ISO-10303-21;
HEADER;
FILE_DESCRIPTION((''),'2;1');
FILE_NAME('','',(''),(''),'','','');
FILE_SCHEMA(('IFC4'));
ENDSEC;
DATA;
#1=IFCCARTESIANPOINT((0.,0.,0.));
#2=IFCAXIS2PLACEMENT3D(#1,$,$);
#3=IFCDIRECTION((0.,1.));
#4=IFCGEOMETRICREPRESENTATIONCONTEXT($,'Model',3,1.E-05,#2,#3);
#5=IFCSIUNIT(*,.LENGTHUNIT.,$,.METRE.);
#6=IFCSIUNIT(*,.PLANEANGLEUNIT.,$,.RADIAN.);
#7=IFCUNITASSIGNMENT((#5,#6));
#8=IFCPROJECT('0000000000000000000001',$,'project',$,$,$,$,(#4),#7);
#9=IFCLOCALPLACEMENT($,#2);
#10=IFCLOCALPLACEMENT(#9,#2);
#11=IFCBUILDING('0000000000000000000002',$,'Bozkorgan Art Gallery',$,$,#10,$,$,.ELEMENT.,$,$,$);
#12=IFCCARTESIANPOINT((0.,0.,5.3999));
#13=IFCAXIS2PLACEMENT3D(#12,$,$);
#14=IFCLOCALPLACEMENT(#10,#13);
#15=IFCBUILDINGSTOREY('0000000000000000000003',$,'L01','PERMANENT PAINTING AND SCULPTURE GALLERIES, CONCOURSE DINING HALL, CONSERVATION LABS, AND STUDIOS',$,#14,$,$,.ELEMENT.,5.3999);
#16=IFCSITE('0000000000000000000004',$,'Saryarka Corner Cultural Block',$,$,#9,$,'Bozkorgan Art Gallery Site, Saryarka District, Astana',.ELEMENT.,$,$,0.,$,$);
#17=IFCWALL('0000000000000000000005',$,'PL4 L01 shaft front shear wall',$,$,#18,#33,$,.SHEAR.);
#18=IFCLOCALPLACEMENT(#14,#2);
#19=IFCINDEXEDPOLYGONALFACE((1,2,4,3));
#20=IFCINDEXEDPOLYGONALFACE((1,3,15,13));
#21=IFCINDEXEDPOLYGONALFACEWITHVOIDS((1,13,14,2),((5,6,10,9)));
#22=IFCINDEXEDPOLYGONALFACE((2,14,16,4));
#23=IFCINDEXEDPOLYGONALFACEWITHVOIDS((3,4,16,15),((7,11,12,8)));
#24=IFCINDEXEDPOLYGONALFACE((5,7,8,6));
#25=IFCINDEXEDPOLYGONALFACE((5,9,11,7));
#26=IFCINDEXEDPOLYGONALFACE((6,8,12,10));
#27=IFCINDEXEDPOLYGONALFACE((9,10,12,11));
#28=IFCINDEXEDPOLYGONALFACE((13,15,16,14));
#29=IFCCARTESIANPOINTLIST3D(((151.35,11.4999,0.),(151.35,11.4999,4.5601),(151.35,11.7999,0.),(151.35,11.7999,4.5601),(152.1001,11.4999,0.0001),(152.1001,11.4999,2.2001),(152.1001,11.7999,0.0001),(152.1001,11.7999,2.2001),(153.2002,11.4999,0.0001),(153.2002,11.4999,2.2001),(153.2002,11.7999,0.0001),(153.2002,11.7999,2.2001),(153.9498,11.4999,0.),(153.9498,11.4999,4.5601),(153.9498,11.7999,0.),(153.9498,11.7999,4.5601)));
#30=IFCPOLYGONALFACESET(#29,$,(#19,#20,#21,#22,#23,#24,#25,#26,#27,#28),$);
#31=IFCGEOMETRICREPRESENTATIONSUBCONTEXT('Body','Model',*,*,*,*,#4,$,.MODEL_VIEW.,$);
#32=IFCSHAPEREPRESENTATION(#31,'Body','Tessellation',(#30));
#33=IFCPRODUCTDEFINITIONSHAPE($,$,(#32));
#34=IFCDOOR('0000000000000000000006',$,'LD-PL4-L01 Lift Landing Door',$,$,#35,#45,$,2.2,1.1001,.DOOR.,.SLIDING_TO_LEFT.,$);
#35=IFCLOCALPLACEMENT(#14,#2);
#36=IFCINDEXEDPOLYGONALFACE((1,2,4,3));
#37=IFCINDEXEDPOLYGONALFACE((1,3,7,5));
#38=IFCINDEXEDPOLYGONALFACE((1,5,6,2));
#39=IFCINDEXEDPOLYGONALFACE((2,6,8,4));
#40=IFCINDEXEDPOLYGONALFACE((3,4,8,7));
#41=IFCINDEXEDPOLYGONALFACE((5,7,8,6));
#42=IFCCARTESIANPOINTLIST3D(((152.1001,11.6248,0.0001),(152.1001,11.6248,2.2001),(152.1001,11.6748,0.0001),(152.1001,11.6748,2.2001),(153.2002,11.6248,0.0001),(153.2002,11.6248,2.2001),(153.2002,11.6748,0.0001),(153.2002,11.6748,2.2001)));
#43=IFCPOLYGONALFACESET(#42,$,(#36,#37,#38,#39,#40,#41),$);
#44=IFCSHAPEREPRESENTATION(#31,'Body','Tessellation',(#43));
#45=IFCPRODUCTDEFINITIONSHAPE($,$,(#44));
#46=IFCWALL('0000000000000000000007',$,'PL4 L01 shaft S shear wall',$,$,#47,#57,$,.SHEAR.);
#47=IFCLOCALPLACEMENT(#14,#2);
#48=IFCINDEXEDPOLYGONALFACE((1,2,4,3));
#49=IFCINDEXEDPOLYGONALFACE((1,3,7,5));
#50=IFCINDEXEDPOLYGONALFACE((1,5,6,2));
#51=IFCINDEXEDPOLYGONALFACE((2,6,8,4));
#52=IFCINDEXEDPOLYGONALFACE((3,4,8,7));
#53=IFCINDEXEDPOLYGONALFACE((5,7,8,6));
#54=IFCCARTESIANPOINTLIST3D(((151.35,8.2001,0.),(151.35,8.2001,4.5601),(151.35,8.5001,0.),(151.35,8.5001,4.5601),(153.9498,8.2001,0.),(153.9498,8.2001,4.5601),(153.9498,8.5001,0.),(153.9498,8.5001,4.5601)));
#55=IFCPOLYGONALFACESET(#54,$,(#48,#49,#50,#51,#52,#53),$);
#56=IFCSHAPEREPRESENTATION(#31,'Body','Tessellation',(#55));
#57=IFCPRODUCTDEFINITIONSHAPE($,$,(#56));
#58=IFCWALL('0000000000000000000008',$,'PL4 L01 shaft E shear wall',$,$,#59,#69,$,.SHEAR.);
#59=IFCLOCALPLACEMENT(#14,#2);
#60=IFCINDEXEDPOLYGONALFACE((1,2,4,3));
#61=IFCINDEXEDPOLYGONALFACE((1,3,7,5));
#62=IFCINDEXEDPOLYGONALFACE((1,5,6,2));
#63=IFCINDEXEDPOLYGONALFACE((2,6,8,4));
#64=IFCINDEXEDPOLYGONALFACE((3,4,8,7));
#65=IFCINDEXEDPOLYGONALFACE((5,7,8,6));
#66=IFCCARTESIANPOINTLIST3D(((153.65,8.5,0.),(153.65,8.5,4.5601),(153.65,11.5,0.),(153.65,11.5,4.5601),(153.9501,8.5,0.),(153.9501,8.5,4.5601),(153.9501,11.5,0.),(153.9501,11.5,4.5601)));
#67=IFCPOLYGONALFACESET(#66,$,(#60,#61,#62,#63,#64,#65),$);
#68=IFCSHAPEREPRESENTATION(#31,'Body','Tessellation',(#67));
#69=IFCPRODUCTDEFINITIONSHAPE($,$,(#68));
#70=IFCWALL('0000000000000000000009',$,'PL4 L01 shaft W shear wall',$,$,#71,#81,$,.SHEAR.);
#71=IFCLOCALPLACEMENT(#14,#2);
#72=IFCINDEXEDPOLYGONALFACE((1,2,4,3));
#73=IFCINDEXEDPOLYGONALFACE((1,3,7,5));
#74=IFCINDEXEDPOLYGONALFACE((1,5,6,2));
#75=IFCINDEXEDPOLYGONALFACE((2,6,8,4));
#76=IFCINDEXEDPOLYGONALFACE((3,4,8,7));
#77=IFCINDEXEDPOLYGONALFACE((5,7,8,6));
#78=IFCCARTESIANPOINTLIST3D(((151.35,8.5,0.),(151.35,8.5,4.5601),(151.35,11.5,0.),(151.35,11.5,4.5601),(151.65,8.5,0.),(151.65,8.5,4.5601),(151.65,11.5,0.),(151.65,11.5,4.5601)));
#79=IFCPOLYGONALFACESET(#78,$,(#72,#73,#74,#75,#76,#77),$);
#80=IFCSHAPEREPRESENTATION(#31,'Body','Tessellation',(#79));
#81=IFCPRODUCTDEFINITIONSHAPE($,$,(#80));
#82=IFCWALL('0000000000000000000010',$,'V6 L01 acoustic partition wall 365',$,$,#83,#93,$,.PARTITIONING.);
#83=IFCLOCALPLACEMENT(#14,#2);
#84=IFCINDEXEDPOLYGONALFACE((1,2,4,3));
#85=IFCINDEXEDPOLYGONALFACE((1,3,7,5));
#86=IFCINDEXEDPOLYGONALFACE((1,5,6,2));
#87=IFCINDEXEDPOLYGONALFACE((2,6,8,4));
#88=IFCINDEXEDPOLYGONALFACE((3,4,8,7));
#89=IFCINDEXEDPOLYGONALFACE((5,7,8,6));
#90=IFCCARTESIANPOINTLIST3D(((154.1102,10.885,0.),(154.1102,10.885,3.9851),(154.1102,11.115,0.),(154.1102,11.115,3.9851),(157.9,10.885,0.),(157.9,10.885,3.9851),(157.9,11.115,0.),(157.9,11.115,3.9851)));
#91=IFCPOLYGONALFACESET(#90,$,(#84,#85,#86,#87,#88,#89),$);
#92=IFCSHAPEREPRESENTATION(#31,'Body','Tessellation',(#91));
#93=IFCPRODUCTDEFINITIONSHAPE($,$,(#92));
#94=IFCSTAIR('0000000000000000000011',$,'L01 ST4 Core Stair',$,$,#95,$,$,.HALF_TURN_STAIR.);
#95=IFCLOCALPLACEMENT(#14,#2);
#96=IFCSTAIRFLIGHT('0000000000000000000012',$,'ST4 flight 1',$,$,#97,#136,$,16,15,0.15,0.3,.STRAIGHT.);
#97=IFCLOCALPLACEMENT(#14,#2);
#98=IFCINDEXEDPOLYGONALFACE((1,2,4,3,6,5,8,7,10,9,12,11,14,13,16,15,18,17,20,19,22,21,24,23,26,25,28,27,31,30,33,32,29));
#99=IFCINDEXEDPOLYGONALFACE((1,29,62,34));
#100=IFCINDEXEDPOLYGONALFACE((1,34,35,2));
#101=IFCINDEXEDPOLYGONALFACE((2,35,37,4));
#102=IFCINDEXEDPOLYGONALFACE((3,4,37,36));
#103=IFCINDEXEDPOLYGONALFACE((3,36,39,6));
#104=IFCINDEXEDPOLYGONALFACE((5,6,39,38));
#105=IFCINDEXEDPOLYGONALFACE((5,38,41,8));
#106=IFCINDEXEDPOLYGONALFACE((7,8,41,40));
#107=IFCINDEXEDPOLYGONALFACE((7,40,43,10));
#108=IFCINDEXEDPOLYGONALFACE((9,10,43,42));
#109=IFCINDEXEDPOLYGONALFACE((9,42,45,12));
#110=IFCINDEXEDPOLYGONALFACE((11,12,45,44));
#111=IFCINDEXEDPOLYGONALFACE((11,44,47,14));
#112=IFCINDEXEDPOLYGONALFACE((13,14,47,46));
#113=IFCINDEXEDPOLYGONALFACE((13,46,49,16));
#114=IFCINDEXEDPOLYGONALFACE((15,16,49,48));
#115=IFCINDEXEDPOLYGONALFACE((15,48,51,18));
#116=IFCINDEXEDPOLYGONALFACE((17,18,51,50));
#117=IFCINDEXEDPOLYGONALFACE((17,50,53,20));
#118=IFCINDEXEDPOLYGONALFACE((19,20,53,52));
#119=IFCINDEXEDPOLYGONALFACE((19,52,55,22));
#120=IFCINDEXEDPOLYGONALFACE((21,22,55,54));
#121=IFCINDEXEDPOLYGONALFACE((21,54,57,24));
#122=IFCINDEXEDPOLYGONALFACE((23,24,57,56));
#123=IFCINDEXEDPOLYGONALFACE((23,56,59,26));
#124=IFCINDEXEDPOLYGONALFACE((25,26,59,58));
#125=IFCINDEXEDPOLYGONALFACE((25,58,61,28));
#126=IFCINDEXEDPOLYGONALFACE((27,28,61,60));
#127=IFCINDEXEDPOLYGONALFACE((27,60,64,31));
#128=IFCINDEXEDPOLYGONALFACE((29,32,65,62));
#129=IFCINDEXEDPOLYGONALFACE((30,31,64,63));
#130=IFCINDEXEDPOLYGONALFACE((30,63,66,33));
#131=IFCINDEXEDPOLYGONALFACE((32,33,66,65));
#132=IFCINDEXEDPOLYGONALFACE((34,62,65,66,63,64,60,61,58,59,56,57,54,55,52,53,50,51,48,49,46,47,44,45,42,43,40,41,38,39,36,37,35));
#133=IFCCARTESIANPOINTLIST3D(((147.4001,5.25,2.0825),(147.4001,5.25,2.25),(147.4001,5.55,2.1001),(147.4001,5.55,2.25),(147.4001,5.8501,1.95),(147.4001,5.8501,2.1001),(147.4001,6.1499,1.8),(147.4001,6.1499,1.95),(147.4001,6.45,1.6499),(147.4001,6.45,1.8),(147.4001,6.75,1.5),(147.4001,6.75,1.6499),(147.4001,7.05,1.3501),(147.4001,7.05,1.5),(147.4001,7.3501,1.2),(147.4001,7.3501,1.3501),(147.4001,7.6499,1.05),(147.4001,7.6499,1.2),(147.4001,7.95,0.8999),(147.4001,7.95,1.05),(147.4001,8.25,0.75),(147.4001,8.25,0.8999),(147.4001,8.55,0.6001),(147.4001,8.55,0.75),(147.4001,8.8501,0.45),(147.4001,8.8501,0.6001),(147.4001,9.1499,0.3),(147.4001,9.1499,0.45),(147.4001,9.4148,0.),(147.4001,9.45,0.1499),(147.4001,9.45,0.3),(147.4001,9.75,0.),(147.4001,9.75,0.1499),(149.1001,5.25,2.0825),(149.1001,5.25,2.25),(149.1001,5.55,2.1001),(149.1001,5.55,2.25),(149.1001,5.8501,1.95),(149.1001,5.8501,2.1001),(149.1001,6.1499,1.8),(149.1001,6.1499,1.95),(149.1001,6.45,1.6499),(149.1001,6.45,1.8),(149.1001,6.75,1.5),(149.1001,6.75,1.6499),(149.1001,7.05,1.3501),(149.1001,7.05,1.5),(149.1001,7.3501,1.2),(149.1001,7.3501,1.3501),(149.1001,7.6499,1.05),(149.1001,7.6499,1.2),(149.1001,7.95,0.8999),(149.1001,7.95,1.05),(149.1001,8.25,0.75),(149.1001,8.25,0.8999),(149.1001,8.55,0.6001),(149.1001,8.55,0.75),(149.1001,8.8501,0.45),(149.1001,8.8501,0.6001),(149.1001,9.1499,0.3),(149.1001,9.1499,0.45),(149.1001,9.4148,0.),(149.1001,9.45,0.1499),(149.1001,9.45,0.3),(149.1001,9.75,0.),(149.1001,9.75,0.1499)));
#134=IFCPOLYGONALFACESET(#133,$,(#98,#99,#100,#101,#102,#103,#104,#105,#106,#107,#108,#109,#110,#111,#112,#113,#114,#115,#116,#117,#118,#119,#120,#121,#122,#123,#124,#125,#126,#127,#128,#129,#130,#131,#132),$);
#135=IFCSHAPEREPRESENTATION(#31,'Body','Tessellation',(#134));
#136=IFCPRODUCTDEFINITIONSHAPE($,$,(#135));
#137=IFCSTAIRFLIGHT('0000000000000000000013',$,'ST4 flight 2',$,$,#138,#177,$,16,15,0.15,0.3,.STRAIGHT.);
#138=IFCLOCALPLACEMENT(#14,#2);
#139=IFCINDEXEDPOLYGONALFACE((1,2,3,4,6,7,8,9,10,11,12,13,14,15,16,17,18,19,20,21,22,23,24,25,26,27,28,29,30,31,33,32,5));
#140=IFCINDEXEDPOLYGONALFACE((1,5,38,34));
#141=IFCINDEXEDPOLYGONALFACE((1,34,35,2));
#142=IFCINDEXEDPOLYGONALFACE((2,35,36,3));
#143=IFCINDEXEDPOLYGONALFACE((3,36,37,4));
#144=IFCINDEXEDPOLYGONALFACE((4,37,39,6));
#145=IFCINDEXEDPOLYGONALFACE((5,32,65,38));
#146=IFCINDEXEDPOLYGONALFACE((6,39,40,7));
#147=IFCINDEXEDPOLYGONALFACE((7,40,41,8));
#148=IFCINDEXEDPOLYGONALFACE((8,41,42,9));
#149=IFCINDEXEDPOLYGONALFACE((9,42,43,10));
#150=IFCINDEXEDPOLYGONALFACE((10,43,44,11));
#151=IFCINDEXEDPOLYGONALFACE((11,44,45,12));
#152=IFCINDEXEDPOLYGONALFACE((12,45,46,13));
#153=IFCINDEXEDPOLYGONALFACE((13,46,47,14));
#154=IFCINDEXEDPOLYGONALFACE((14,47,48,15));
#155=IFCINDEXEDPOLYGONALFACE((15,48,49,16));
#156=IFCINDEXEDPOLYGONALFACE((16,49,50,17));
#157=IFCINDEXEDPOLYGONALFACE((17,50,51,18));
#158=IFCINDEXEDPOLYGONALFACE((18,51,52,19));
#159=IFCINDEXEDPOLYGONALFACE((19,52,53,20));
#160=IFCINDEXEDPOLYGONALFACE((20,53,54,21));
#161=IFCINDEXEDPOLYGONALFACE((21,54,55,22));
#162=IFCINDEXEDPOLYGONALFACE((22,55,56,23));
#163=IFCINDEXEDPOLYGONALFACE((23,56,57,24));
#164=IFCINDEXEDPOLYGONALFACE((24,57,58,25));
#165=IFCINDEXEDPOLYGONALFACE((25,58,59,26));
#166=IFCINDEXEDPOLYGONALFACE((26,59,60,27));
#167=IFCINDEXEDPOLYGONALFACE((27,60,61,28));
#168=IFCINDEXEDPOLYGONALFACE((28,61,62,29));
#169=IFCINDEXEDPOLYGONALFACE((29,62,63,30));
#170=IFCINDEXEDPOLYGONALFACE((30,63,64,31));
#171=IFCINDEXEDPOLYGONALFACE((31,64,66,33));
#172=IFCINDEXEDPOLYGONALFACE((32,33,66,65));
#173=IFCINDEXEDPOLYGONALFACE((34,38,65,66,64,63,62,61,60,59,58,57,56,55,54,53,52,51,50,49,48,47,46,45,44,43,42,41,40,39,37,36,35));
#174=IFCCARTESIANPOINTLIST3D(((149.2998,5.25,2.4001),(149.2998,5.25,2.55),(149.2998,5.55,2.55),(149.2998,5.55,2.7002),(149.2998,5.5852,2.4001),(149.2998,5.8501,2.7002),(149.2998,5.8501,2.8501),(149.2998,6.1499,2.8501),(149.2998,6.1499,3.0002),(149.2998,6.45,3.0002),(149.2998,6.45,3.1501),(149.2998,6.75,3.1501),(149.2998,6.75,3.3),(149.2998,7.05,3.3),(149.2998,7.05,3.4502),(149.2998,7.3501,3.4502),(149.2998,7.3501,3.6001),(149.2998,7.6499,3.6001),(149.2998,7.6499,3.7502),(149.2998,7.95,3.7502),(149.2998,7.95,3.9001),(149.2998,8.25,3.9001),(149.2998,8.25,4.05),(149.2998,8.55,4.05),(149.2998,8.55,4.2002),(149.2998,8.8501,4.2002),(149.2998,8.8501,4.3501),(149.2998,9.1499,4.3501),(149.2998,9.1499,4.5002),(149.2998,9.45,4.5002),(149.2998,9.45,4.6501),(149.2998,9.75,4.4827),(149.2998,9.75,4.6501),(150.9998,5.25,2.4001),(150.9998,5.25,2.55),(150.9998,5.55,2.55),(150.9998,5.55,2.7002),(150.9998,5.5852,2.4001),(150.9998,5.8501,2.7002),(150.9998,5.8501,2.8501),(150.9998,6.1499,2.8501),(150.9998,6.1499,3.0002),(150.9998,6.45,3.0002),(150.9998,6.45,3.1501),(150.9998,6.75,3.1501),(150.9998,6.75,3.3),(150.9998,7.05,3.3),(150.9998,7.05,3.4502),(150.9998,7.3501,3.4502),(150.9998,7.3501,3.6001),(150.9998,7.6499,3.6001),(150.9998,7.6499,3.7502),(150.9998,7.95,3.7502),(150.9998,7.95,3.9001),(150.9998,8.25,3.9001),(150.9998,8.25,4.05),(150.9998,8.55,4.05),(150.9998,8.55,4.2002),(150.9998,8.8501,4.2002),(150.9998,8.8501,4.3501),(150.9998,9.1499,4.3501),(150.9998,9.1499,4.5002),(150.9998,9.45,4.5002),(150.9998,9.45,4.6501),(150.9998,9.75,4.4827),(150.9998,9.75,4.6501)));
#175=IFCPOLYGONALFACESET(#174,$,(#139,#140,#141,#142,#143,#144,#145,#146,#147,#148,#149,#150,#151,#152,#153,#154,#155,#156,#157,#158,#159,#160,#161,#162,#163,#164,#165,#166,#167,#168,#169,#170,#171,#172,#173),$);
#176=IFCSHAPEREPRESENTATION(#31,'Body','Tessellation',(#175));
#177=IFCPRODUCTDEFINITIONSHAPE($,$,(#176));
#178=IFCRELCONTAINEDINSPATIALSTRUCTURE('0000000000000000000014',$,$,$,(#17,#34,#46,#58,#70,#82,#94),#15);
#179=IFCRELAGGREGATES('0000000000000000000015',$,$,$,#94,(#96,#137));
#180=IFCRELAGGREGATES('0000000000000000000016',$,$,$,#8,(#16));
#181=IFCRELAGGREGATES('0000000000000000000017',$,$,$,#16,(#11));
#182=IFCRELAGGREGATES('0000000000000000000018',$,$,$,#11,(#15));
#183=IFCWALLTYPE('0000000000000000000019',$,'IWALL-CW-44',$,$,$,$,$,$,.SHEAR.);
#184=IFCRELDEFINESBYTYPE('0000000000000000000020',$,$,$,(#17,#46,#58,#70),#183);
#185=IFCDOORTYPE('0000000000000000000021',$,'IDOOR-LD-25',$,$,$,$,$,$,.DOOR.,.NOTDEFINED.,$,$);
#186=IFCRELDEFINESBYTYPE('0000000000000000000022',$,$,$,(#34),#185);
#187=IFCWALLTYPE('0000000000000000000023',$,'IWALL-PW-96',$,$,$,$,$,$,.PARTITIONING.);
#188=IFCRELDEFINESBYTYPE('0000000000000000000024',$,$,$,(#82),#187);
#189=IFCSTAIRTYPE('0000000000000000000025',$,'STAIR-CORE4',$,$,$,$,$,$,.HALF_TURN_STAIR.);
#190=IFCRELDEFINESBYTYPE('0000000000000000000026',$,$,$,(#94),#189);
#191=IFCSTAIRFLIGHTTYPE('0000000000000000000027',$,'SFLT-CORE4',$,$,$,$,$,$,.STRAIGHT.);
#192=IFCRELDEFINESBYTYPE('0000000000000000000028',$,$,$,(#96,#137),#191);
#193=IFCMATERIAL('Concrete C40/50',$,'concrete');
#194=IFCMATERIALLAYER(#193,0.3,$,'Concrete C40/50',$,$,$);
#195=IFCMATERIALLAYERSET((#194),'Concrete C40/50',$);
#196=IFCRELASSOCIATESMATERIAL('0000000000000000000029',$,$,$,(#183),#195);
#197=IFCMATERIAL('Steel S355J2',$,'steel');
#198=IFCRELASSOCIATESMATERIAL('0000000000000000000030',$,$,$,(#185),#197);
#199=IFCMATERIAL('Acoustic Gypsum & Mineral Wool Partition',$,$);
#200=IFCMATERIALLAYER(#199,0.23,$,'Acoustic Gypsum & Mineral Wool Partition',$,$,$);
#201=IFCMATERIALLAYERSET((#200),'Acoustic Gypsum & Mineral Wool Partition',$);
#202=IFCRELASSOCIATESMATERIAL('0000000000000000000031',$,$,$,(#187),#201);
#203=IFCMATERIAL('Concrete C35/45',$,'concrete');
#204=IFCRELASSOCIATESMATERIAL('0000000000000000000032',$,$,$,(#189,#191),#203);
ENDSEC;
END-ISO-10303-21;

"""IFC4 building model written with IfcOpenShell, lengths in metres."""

from ifc_helpers import new_model, si_unit, direction, frame, frame_2d, origin, place, context, subcontext, project, spatial, polyline, rectangle, outline, extrude, material, layer, layer_set, type_object, element, fill, aggregate, save


model = new_model("IFC4")

# Units and contexts
model_context = context("Model", 3, precision=1e-05, world=origin(), true_north=direction((0.0, 1.0)))
body_context = subcontext(model_context, "Body", "Model", "MODEL_VIEW")
ifc_project = project(units=[si_unit("LENGTHUNIT", "METRE"), si_unit("PLANEANGLEUNIT", "RADIAN")], contexts=[model_context])

# Site, building, storey
site_placement = place(None, origin())
site = spatial("IfcSite", under=ifc_project, at=site_placement, Name="Saryarka Corner Cultural Block", LongName="Bozkorgan Art Gallery Site, Saryarka District, Astana", CompositionType="ELEMENT", RefElevation=0.0)
building_placement = place(site_placement, origin())
building = spatial("IfcBuilding", under=site, at=building_placement, Name="Bozkorgan Art Gallery", CompositionType="ELEMENT")
storey_placement = place(building_placement, frame((0.0, 0.0, 5.3999)))
storey = spatial("IfcBuildingStorey", under=building, at=storey_placement, Name="L01", Description="PERMANENT PAINTING AND SCULPTURE GALLERIES, CONCOURSE DINING HALL, CONSERVATION LABS, AND STUDIOS", CompositionType="ELEMENT", Elevation=5.3999)

# Shared definitions
ifc_material_1 = material(Name="Steel S355J2", Category="steel")

# Shared definitions
ifc_material_2 = material(Name="Concrete C40/50", Category="concrete")
ifc_layer_1 = layer(ifc_material_2, 0.3, Name="Concrete C40/50")
ifc_layer_set_1 = layer_set([ifc_layer_1], Name="Concrete C40/50")
wall_type_1 = type_object("IfcWallType", Name="IWALL-CW-44", PredefinedType="SHEAR", material=ifc_layer_set_1)

# Wall, opening, door
wall_1_placement = place(storey_placement, frame((151.3501, 11.6499, 0.0), z_axis=(0.0, 0.0, 1.0), x_axis=(1.0, 0.0, 0.0)))
wall_1 = element("IfcWall", 1, at=wall_1_placement, inside=storey, type_object=wall_type_1, Name="PL4 L01 shaft front shear wall", PredefinedType="SHEAR", context=body_context, shape_type="SweptSolid", body=[
    extrude(rectangle(XDim=2.5999, YDim=0.3, at=frame_2d((1.2998, 0.0))), origin(), (0.0, 0.0, 1.0), 4.5601),
])
opening_placement = place(wall_1_placement, frame((0.75, 0.0, 0.0)))
opening = element("IfcOpeningElement", 2, at=opening_placement, cuts=wall_1, PredefinedType="OPENING", context=body_context, shape_type="SweptSolid", body=[
    extrude(rectangle(XDim=1.1001, YDim=2.2, at=frame_2d((0.55, 1.1001))), frame((0.0, 0.1602, 0.0), z_axis=(0.0, -1.0, 0.0), x_axis=(1.0, 0.0, 0.0)), (0.0, 0.0, 1.0), 0.3201),
])
door_type = type_object("IfcDoorType", Name="IDOOR-LD-25", OperationType="NOTDEFINED", PredefinedType="DOOR", material=ifc_material_1)
door_placement = place(opening_placement, origin())
door = element("IfcDoor", 3, at=door_placement, inside=storey, type_object=door_type, Name="LD-PL4-L01 Lift Landing Door", OperationType="SLIDING_TO_LEFT", OverallHeight=2.2, OverallWidth=1.1001, PredefinedType="DOOR", context=body_context, shape_type="SweptSolid", body=[
    extrude(rectangle(XDim=1.1001, YDim=2.2, at=frame_2d((0.55, 1.1001))), frame((0.0, 0.0249, 0.0), z_axis=(0.0, -1.0, 0.0), x_axis=(1.0, 0.0, 0.0)), (0.0, 0.0, 1.0), 0.05),
])
fill(opening, door)

# Walls
wall_2_placement = place(storey_placement, frame((151.3501, 8.3501, 0.0), z_axis=(0.0, 0.0, 1.0), x_axis=(1.0, 0.0, 0.0)))
element("IfcWall", 4, at=wall_2_placement, inside=storey, type_object=wall_type_1, Name="PL4 L01 shaft S shear wall", PredefinedType="SHEAR", context=body_context, shape_type="SweptSolid", body=[
    extrude(rectangle(XDim=2.5999, YDim=0.3, at=frame_2d((1.2998, 0.0))), origin(), (0.0, 0.0, 1.0), 4.5601),
])
for number, where, z_axis, x_axis, name in (
    (5, (153.8, 8.5, 0.0), (0.0, 0.0, 1.0), (0.0, 1.0, 0.0), "PL4 L01 shaft E shear wall"),
    (6, (151.5, 8.5, 0.0), (0.0, 0.0, 1.0), (0.0, 1.0, 0.0), "PL4 L01 shaft W shear wall"),
):
    element("IfcWall", number, at=place(storey_placement, frame(where, z_axis=z_axis, x_axis=x_axis)), inside=storey, type_object=wall_type_1, Name=name, PredefinedType="SHEAR", context=body_context, shape_type="SweptSolid", body=[
        extrude(rectangle(XDim=3.0, YDim=0.3, at=frame_2d((1.5, 0.0))), origin(), (0.0, 0.0, 1.0), 4.5601),
    ])
ifc_material_3 = material(Name="Acoustic Gypsum & Mineral Wool Partition")
ifc_layer_2 = layer(ifc_material_3, 0.23, Name="Acoustic Gypsum & Mineral Wool Partition")
ifc_layer_set_2 = layer_set([ifc_layer_2], Name="Acoustic Gypsum & Mineral Wool Partition")
wall_type_2 = type_object("IfcWallType", Name="IWALL-PW-96", PredefinedType="PARTITIONING", material=ifc_layer_set_2)
wall_3_placement = place(storey_placement, frame((154.1101, 11.0, 0.0), z_axis=(0.0, 0.0, 1.0), x_axis=(1.0, 0.0, 0.0)))
element("IfcWall", 7, at=wall_3_placement, inside=storey, type_object=wall_type_2, Name="V6 L01 acoustic partition wall 365", PredefinedType="PARTITIONING", context=body_context, shape_type="SweptSolid", body=[
    extrude(rectangle(XDim=3.7898, YDim=0.23, at=frame_2d((1.895, 0.0))), origin(), (0.0, 0.0, 1.0), 3.9851),
])

# Stair, stair flights
ifc_material_4 = material(Name="Concrete C35/45", Category="concrete")
stair_type = type_object("IfcStairType", Name="STAIR-CORE4", PredefinedType="HALF_TURN_STAIR", material=ifc_material_4)
stair_placement = place(storey_placement, origin())
stair = element("IfcStair", 8, at=stair_placement, inside=storey, type_object=stair_type, Name="L01 ST4 Core Stair", PredefinedType="HALF_TURN_STAIR")
stair_flight_type = type_object("IfcStairFlightType", Name="SFLT-CORE4", PredefinedType="STRAIGHT", material=ifc_material_4)
stair_flight_1_placement = place(storey_placement, frame((148.25, 9.75, 0.0), z_axis=(0.0, 0.0, 1.0), x_axis=(0.0, -1.0, 0.0)))
stair_flight_1 = element("IfcStairFlight", 9, at=stair_flight_1_placement, type_object=stair_flight_type, Name="ST4 flight 1", NumberOfRisers=16, NumberOfTreads=15, PredefinedType="STRAIGHT", RiserHeight=0.15, TreadLength=0.3, context=body_context, shape_type="SweptSolid", body=[
    extrude(outline(polyline([(0.0, 0.0), (0.0, 0.1499), (0.3, 0.1499), (0.3, 0.3), (0.6001, 0.3), (0.6001, 0.45), (0.8999, 0.45), (0.8999, 0.6001), (1.2, 0.6001), (1.2, 0.75), (1.5, 0.75), (1.5, 0.8999), (1.8, 0.8999), (1.8, 1.05), (2.1001, 1.05), (2.1001, 1.2), (2.3999, 1.2), (2.3999, 1.3501), (2.7, 1.3501), (2.7, 1.5), (3.0, 1.5), (3.0, 1.6499), (3.3, 1.6499), (3.3, 1.8), (3.6001, 1.8), (3.6001, 1.95), (3.8999, 1.95), (3.8999, 2.1001), (4.2, 2.1001), (4.2, 2.25), (4.5, 2.25), (4.5, 2.3999), (4.5, 2.0825), (0.3352, 0.0), (0.0, 0.0)])), frame((0.0, 0.8501, 0.0), z_axis=(0.0, -1.0, 0.0), x_axis=(1.0, 0.0, 0.0)), (0.0, 0.0, 1.0), 1.7),
])
stair_flight_2_placement = place(storey_placement, frame((150.1499, 5.25, 2.4001), z_axis=(0.0, 0.0, 1.0), x_axis=(0.0, 1.0, 0.0)))
stair_flight_2 = element("IfcStairFlight", 10, at=stair_flight_2_placement, type_object=stair_flight_type, Name="ST4 flight 2", NumberOfRisers=16, NumberOfTreads=15, PredefinedType="STRAIGHT", RiserHeight=0.15, TreadLength=0.3, context=body_context, shape_type="SweptSolid", body=[
    extrude(outline(polyline([(0.0, 0.0), (0.0, 0.1499), (0.3, 0.1499), (0.3, 0.3), (0.6001, 0.3), (0.6001, 0.45), (0.8999, 0.45), (0.8999, 0.6001), (1.2, 0.6001), (1.2, 0.75), (1.5, 0.75), (1.5, 0.8999), (1.8, 0.8999), (1.8, 1.05), (2.1001, 1.05), (2.1001, 1.2), (2.3999, 1.2), (2.3999, 1.3501), (2.7, 1.3501), (2.7, 1.5), (3.0, 1.5), (3.0, 1.6499), (3.3, 1.6499), (3.3, 1.8), (3.6001, 1.8), (3.6001, 1.95), (3.8999, 1.95), (3.8999, 2.1001), (4.2, 2.1001), (4.2, 2.25), (4.5, 2.25), (4.5, 2.3999), (4.5, 2.0825), (0.3352, 0.0), (0.0, 0.0)])), frame((0.0, 0.8501, 0.0), z_axis=(0.0, -1.0, 0.0), x_axis=(1.0, 0.0, 0.0)), (0.0, 0.0, 1.0), 1.7),
])
aggregate(stair, [stair_flight_1, stair_flight_2])

save(model, "model.ifc")
